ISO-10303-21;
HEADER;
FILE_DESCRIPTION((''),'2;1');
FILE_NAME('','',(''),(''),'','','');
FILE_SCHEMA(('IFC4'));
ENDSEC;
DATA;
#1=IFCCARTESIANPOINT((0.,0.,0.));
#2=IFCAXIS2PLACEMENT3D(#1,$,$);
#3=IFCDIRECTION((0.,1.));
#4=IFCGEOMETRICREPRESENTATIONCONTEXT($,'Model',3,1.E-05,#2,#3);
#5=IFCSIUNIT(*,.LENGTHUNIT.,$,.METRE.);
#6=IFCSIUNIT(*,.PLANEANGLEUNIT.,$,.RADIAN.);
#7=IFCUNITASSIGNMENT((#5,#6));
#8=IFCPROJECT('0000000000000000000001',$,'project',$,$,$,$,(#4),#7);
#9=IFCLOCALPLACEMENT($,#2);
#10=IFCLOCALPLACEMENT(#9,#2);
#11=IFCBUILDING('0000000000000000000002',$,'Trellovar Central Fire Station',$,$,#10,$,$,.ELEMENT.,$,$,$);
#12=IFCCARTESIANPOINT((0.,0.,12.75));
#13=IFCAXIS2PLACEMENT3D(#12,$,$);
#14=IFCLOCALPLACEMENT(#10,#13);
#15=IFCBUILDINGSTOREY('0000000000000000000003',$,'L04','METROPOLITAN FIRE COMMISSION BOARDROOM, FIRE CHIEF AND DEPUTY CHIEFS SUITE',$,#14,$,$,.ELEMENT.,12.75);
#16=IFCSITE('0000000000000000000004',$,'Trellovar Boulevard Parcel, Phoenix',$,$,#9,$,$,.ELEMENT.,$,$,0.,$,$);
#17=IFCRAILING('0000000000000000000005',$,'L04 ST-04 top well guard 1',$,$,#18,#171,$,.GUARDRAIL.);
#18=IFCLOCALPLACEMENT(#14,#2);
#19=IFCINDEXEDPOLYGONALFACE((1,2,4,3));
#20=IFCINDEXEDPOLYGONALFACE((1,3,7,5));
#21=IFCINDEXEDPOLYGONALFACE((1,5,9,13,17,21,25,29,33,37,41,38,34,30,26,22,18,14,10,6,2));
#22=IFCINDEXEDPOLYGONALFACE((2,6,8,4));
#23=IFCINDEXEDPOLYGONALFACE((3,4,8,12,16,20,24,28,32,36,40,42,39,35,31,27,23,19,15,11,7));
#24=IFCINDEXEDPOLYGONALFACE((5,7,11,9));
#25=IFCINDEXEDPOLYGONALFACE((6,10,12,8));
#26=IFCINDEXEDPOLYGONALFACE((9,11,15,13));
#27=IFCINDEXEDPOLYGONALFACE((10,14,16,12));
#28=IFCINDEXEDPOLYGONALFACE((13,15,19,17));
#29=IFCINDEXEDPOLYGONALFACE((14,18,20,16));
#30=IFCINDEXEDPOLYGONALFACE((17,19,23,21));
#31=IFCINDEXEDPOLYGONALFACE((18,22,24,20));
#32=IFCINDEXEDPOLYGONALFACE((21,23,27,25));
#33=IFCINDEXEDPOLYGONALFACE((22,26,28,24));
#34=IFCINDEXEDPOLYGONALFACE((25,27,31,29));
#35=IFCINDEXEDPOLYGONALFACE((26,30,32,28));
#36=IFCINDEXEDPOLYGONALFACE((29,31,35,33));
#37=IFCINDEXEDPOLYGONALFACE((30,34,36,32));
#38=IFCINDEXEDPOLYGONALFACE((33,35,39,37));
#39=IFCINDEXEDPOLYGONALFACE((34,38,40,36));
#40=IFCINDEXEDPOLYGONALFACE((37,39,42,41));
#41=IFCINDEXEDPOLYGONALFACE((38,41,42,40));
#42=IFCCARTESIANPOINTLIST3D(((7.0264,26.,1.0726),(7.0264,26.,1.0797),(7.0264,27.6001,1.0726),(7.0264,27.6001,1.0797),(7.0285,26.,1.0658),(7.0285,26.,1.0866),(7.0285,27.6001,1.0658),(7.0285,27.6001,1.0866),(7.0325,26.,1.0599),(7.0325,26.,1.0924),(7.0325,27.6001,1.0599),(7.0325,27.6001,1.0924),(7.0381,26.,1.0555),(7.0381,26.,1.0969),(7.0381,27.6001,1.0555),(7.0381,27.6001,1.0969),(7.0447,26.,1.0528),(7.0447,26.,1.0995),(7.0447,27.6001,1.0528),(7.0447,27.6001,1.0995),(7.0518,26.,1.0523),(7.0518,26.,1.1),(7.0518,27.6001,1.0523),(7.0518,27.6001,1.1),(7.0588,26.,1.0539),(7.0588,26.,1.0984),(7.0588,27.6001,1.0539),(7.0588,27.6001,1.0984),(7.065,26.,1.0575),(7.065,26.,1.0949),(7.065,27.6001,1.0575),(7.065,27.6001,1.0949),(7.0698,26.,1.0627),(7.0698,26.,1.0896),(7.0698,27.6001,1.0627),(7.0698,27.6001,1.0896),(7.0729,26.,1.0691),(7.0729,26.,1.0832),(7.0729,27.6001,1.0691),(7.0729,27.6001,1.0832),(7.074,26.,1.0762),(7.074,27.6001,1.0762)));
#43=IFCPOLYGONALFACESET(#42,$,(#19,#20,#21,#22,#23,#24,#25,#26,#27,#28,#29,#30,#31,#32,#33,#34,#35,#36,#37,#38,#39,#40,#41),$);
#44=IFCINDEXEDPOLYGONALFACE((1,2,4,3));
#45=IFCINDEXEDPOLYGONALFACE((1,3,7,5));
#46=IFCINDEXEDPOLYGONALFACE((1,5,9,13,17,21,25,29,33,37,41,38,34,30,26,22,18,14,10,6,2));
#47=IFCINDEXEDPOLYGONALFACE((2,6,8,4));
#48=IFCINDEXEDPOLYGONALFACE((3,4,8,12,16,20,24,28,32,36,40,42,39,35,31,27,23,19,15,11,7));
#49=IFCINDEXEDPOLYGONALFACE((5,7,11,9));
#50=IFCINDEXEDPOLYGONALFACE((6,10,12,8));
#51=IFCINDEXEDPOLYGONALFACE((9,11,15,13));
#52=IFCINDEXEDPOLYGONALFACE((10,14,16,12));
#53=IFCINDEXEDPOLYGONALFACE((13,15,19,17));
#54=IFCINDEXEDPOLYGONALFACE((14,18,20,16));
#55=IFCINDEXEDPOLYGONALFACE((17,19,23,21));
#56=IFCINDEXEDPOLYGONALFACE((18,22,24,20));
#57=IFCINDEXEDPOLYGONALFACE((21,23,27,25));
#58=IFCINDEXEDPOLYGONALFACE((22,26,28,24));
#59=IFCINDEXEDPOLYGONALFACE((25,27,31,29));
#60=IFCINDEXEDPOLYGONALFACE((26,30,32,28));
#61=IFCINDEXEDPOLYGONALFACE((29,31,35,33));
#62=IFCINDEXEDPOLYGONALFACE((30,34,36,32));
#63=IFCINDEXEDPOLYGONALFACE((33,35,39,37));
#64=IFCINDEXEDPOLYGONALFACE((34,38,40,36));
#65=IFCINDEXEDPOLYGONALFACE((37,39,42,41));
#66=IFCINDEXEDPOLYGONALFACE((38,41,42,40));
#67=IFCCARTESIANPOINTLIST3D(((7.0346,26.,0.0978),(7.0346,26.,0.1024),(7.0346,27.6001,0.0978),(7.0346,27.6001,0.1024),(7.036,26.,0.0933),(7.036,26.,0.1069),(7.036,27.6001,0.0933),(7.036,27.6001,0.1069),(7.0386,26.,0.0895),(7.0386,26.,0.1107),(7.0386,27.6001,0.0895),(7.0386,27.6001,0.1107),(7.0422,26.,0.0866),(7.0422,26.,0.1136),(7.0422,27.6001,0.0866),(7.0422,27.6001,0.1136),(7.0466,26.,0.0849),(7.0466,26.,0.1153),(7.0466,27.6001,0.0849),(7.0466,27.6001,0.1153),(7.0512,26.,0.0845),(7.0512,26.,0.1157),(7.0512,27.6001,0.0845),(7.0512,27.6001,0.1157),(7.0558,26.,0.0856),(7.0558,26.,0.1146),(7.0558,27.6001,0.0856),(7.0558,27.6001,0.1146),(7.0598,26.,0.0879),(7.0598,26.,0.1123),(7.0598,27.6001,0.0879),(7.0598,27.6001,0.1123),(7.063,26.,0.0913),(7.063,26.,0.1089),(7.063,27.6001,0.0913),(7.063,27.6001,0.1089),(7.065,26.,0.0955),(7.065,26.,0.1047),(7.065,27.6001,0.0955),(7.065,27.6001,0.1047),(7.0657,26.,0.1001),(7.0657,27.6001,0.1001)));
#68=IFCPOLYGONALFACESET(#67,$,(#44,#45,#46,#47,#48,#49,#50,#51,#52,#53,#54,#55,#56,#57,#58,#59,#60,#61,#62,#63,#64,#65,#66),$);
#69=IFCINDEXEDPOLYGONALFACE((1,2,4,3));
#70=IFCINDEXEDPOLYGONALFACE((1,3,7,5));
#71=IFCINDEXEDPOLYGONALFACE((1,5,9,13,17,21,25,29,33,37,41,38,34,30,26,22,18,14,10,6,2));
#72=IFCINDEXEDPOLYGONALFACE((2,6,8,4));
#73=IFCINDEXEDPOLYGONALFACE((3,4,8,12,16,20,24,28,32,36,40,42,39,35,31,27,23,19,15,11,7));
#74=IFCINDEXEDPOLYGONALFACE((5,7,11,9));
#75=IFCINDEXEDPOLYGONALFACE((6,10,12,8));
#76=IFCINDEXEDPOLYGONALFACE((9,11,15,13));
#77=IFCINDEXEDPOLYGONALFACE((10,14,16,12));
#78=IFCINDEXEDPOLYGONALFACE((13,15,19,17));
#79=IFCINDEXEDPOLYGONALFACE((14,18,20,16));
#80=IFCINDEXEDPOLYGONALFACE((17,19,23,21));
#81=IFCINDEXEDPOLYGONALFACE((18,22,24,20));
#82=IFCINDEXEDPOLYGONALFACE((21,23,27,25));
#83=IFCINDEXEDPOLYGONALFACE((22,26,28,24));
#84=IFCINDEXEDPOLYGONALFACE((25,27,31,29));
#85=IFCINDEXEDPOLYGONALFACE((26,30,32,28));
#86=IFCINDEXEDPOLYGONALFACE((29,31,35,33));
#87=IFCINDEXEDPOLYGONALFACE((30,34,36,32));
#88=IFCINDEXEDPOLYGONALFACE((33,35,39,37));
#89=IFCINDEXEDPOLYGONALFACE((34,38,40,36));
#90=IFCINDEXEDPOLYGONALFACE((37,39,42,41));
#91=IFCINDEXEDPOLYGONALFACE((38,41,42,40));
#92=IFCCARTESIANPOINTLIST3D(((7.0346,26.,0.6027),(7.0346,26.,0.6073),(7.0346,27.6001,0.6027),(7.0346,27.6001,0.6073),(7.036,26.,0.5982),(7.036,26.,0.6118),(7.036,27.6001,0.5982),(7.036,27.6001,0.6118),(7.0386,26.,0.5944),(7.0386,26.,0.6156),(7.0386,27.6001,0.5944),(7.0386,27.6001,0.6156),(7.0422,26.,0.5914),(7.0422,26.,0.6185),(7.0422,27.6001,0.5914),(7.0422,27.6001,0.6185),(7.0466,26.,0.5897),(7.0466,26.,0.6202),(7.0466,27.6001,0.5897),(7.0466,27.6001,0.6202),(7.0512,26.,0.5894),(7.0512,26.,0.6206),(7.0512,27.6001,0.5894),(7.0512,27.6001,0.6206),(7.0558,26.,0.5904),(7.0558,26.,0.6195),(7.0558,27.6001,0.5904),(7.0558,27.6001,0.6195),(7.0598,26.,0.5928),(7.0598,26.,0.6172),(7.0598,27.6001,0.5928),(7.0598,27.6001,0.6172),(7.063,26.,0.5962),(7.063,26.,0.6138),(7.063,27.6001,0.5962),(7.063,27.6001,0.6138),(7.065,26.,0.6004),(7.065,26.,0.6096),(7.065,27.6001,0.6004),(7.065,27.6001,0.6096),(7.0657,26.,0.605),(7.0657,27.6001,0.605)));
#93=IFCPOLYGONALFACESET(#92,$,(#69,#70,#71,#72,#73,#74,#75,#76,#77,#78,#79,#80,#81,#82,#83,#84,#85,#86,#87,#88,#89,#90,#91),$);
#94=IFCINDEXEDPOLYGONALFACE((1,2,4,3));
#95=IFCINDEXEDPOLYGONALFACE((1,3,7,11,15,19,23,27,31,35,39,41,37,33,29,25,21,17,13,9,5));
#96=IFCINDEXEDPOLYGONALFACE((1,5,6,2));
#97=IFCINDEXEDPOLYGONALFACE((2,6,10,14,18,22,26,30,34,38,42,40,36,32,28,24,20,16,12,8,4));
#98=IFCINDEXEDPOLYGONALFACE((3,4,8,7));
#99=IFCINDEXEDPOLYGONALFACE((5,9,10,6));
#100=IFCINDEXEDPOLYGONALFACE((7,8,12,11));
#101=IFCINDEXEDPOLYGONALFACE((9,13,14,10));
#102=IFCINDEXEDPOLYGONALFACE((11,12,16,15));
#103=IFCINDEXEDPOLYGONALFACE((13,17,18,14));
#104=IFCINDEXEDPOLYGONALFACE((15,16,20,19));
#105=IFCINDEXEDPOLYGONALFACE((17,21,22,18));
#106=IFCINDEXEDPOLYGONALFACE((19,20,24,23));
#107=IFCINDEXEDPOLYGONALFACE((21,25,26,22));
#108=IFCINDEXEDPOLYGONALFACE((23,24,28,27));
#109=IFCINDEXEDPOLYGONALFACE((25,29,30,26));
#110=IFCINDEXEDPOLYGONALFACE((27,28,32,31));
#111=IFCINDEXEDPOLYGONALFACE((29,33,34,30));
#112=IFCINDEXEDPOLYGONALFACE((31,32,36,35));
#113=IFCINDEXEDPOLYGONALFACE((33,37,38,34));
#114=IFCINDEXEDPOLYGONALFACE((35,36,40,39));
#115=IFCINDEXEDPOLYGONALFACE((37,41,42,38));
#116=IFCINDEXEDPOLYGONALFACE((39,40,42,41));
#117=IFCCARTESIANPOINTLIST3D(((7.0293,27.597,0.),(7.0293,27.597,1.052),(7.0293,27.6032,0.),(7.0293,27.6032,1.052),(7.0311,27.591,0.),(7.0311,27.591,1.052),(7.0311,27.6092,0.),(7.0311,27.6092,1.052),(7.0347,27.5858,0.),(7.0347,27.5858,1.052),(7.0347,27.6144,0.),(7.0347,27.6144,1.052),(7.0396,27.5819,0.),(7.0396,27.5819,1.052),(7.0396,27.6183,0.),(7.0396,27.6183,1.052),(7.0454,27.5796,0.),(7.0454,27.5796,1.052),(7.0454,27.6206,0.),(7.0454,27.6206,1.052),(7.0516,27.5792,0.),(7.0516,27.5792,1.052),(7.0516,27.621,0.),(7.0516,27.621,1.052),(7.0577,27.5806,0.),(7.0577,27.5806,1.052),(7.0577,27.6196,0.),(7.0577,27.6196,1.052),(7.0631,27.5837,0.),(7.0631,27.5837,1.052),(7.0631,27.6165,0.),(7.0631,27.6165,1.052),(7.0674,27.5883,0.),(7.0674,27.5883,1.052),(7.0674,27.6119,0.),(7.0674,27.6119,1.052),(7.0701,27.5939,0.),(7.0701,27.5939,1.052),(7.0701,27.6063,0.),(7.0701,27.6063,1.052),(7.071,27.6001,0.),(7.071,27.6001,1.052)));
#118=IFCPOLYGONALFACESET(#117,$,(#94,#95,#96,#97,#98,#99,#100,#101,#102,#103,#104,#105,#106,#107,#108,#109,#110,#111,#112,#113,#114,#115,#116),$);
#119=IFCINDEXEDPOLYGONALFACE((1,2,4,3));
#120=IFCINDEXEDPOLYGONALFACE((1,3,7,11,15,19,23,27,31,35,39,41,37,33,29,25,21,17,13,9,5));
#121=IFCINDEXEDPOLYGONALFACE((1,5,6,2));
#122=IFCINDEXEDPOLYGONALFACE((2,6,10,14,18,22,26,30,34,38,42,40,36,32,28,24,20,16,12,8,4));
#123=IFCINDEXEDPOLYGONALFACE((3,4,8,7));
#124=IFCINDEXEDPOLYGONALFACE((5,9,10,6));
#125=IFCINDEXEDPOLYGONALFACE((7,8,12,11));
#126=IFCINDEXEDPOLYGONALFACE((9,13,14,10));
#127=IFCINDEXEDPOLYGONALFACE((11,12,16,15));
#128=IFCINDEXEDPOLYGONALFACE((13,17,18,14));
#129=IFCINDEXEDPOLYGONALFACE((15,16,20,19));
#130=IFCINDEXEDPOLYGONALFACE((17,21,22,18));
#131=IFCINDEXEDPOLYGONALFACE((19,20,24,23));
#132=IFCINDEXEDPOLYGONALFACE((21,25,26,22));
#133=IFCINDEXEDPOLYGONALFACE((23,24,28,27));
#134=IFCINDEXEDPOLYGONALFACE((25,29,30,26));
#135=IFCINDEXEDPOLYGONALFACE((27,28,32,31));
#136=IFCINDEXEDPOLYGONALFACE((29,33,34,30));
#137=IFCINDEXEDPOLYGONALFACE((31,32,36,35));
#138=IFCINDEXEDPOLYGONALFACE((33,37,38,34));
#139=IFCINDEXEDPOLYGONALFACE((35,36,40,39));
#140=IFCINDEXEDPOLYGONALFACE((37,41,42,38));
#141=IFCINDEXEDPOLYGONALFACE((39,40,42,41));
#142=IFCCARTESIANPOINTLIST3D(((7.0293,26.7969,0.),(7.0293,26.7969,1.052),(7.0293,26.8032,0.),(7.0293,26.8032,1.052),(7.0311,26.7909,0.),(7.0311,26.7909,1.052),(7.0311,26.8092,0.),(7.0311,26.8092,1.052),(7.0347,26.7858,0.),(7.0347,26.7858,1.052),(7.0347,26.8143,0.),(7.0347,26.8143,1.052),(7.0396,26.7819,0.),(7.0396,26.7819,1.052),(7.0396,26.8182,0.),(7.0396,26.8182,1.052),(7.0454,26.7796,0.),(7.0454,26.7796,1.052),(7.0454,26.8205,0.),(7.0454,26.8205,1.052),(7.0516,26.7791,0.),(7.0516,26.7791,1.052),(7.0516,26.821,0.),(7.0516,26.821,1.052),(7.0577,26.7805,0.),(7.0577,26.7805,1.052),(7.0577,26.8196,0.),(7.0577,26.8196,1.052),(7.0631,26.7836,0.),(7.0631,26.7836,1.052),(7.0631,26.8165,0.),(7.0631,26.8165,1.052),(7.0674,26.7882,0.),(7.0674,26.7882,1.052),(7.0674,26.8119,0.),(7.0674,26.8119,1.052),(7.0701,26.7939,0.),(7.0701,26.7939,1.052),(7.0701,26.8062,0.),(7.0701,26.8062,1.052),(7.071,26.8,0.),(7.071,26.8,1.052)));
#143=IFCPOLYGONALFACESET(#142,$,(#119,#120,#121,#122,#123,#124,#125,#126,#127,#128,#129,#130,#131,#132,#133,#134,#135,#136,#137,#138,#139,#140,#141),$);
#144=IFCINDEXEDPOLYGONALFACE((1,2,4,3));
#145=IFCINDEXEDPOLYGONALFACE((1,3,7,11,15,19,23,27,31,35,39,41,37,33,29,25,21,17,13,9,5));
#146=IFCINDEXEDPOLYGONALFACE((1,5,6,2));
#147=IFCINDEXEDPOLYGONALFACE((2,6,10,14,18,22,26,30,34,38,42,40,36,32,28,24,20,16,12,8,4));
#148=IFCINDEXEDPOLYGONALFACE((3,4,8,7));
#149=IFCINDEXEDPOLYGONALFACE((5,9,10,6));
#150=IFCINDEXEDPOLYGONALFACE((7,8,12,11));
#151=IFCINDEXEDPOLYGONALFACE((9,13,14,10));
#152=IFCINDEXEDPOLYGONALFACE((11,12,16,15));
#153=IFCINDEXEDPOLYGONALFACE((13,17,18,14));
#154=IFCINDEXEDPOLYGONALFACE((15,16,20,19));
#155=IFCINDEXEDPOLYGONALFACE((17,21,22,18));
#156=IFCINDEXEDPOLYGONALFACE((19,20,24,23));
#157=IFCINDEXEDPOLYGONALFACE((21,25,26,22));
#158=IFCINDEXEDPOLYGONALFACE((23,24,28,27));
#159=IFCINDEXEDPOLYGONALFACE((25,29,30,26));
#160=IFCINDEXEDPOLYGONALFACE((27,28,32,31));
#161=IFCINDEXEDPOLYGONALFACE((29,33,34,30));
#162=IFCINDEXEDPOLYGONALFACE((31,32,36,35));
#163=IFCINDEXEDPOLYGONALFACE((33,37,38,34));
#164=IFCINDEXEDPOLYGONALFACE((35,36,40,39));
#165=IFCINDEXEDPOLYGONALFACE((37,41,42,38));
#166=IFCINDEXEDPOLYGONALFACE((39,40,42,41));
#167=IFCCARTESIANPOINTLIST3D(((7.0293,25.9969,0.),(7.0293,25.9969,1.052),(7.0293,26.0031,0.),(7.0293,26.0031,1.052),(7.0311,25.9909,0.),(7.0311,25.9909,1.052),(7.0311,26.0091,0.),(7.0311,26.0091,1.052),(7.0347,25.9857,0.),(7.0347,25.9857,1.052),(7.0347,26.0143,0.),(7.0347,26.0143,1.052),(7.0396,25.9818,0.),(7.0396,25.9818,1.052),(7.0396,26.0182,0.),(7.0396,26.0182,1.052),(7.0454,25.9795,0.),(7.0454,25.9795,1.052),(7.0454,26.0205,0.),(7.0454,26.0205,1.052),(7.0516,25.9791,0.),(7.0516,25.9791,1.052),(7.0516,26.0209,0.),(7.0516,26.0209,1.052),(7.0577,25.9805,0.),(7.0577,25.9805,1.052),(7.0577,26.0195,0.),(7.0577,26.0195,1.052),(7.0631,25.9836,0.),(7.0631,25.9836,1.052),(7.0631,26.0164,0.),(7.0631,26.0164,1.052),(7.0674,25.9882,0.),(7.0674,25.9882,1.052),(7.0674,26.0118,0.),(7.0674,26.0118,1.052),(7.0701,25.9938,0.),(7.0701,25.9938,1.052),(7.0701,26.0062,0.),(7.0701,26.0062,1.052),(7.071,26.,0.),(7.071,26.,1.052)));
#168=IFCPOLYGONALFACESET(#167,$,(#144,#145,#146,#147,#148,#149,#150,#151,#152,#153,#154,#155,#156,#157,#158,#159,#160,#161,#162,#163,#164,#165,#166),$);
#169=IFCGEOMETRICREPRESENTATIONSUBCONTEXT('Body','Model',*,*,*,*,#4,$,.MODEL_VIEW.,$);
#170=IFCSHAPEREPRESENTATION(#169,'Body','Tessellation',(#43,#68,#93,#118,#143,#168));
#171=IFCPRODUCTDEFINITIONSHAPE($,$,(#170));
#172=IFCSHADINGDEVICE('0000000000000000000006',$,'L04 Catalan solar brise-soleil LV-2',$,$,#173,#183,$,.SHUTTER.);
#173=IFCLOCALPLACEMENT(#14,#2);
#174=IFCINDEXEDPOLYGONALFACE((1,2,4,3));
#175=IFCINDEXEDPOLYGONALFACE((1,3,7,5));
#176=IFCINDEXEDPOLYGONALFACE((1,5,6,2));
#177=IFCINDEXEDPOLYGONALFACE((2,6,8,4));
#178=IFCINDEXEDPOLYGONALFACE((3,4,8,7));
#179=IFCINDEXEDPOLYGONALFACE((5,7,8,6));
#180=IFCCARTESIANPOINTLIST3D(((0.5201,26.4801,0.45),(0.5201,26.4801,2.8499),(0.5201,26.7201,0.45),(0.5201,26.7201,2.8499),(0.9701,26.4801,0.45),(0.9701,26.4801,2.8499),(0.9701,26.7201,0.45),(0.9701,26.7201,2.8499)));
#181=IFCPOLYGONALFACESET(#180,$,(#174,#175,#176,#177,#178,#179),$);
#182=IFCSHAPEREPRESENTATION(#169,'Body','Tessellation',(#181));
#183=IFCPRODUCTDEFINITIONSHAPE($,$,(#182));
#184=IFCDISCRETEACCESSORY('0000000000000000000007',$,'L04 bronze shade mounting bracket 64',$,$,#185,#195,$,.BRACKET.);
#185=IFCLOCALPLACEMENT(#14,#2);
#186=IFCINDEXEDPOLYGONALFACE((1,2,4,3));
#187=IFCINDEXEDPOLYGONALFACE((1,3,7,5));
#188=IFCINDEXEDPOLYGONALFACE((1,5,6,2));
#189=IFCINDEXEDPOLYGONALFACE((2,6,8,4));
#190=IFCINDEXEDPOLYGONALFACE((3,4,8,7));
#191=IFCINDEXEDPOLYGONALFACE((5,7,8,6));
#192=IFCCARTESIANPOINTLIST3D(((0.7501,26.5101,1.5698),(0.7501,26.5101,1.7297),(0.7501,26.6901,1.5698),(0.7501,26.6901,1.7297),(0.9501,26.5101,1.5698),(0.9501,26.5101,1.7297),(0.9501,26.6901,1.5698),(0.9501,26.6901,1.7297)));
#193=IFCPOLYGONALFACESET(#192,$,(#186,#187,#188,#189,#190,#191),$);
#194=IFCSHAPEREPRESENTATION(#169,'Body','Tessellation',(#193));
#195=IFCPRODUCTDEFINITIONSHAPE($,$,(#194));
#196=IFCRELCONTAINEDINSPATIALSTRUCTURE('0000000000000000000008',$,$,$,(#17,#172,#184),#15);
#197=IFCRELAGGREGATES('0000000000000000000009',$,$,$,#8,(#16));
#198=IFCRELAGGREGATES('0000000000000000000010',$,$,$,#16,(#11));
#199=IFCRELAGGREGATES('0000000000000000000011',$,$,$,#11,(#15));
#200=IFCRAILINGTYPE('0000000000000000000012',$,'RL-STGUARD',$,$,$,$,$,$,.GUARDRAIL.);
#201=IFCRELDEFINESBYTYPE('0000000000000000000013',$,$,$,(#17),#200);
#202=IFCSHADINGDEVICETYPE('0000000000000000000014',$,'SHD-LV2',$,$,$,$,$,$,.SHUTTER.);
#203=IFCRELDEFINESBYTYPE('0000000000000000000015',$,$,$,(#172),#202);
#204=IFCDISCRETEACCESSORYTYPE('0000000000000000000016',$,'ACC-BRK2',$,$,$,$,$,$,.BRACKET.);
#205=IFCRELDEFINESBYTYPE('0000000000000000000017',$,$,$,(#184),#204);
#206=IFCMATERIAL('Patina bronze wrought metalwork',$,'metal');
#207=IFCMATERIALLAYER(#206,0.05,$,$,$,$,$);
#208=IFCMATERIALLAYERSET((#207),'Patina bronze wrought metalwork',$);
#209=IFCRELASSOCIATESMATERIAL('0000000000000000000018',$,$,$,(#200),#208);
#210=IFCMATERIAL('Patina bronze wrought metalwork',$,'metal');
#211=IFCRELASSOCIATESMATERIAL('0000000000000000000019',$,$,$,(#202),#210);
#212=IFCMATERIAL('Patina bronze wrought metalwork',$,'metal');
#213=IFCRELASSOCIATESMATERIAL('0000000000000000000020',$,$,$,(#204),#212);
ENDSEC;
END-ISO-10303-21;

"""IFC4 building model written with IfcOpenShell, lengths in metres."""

from ifc_helpers import new_model, si_unit, direction, frame, origin, origin_2d, place, context, subcontext, project, spatial, rectangle, circle, extrude, material, layer, layer_set, type_object, element, save


model = new_model("IFC4")

# Units and contexts
model_context = context("Model", 3, precision=1e-05, world=origin(), true_north=direction((0.0, 1.0)))
body_context = subcontext(model_context, "Body", "Model", "MODEL_VIEW")
ifc_project = project(units=[si_unit("LENGTHUNIT", "METRE"), si_unit("PLANEANGLEUNIT", "RADIAN")], contexts=[model_context])

# Site, building, storey
site_placement = place(None, origin())
site = spatial("IfcSite", under=ifc_project, at=site_placement, Name="Trellovar Boulevard Parcel, Phoenix", CompositionType="ELEMENT", RefElevation=0.0)
building_placement = place(site_placement, origin())
building = spatial("IfcBuilding", under=site, at=building_placement, Name="Trellovar Central Fire Station", CompositionType="ELEMENT")
storey_placement = place(building_placement, frame((0.0, 0.0, 12.75)))
storey = spatial("IfcBuildingStorey", under=building, at=storey_placement, Name="L04", Description="METROPOLITAN FIRE COMMISSION BOARDROOM, FIRE CHIEF AND DEPUTY CHIEFS SUITE", CompositionType="ELEMENT", Elevation=12.75)

# Railing
ifc_material_1 = material(Name="Patina bronze wrought metalwork", Category="metal")
ifc_layer_1 = layer(ifc_material_1, 0.05)
ifc_layer_set_1 = layer_set([ifc_layer_1], Name="Patina bronze wrought metalwork")
railing_type_1 = type_object("IfcRailingType", Name="RL-STGUARD", PredefinedType="GUARDRAIL", material=ifc_layer_set_1)
railing_1_placement = place(storey_placement, frame((7.05, 27.6001, 0.0)))
element("IfcRailing", 1, at=railing_1_placement, inside=storey, type_object=railing_type_1, Name="L04 ST-04 top well guard 1", PredefinedType="GUARDRAIL", context=body_context, shape_type="SweptSolid", body=[
    extrude(circle(Radius=0.0239, at=origin_2d()), frame((0.0, 0.0, 1.0762), z_axis=(0.0, -1.0, 0.0), x_axis=(1.0, 0.0, 0.0)), (0.0, 0.0, 1.0), 1.6001),
    extrude(circle(Radius=0.0156, at=origin_2d()), frame((0.0, 0.0, 0.1001), z_axis=(0.0, -1.0, 0.0), x_axis=(1.0, 0.0, 0.0)), (0.0, 0.0, 1.0), 1.6001),
    extrude(circle(Radius=0.0156, at=origin_2d()), frame((0.0, 0.0, 0.605), z_axis=(0.0, -1.0, 0.0), x_axis=(1.0, 0.0, 0.0)), (0.0, 0.0, 1.0), 1.6001),
    extrude(circle(Radius=0.021, at=origin_2d()), origin(), (0.0, 0.0, 1.0), 1.052),
    extrude(circle(Radius=0.021, at=origin_2d()), frame((0.0, -0.8, 0.0)), (0.0, 0.0, 1.0), 1.052),
    extrude(circle(Radius=0.021, at=origin_2d()), frame((0.0, -1.6001, 0.0)), (0.0, 0.0, 1.0), 1.052),
])

# Shading device
ifc_material_2 = material(Name="Patina bronze wrought metalwork", Category="metal")
shading_device_type = type_object("IfcShadingDeviceType", Name="SHD-LV2", PredefinedType="SHUTTER", material=ifc_material_2)
shading_device_placement = place(storey_placement, frame((0.7451, 26.6001, 0.45), z_axis=(0.0, 0.0, 1.0), x_axis=(1.0, 0.0, 0.0)))
element("IfcShadingDevice", 2, at=shading_device_placement, inside=storey, type_object=shading_device_type, Name="L04 Catalan solar brise-soleil LV-2", PredefinedType="SHUTTER", context=body_context, shape_type="SweptSolid", body=[
    extrude(rectangle(XDim=0.45, YDim=0.24, at=origin_2d()), origin(), (0.0, 0.0, 1.0), 2.3999),
])

# Discrete accessory
ifc_material_3 = material(Name="Patina bronze wrought metalwork", Category="metal")
discrete_accessory_type = type_object("IfcDiscreteAccessoryType", Name="ACC-BRK2", PredefinedType="BRACKET", material=ifc_material_3)
discrete_accessory_placement = place(storey_placement, frame((0.8501, 26.6001, 1.5698), z_axis=(0.0, 0.0, 1.0), x_axis=(1.0, 0.0, 0.0)))
element("IfcDiscreteAccessory", 3, at=discrete_accessory_placement, inside=storey, type_object=discrete_accessory_type, Name="L04 bronze shade mounting bracket 64", PredefinedType="BRACKET", context=body_context, shape_type="SweptSolid", body=[
    extrude(rectangle(XDim=0.2, YDim=0.1799, at=origin_2d()), origin(), (0.0, 0.0, 1.0), 0.1599),
])

save(model, "model.ifc")
